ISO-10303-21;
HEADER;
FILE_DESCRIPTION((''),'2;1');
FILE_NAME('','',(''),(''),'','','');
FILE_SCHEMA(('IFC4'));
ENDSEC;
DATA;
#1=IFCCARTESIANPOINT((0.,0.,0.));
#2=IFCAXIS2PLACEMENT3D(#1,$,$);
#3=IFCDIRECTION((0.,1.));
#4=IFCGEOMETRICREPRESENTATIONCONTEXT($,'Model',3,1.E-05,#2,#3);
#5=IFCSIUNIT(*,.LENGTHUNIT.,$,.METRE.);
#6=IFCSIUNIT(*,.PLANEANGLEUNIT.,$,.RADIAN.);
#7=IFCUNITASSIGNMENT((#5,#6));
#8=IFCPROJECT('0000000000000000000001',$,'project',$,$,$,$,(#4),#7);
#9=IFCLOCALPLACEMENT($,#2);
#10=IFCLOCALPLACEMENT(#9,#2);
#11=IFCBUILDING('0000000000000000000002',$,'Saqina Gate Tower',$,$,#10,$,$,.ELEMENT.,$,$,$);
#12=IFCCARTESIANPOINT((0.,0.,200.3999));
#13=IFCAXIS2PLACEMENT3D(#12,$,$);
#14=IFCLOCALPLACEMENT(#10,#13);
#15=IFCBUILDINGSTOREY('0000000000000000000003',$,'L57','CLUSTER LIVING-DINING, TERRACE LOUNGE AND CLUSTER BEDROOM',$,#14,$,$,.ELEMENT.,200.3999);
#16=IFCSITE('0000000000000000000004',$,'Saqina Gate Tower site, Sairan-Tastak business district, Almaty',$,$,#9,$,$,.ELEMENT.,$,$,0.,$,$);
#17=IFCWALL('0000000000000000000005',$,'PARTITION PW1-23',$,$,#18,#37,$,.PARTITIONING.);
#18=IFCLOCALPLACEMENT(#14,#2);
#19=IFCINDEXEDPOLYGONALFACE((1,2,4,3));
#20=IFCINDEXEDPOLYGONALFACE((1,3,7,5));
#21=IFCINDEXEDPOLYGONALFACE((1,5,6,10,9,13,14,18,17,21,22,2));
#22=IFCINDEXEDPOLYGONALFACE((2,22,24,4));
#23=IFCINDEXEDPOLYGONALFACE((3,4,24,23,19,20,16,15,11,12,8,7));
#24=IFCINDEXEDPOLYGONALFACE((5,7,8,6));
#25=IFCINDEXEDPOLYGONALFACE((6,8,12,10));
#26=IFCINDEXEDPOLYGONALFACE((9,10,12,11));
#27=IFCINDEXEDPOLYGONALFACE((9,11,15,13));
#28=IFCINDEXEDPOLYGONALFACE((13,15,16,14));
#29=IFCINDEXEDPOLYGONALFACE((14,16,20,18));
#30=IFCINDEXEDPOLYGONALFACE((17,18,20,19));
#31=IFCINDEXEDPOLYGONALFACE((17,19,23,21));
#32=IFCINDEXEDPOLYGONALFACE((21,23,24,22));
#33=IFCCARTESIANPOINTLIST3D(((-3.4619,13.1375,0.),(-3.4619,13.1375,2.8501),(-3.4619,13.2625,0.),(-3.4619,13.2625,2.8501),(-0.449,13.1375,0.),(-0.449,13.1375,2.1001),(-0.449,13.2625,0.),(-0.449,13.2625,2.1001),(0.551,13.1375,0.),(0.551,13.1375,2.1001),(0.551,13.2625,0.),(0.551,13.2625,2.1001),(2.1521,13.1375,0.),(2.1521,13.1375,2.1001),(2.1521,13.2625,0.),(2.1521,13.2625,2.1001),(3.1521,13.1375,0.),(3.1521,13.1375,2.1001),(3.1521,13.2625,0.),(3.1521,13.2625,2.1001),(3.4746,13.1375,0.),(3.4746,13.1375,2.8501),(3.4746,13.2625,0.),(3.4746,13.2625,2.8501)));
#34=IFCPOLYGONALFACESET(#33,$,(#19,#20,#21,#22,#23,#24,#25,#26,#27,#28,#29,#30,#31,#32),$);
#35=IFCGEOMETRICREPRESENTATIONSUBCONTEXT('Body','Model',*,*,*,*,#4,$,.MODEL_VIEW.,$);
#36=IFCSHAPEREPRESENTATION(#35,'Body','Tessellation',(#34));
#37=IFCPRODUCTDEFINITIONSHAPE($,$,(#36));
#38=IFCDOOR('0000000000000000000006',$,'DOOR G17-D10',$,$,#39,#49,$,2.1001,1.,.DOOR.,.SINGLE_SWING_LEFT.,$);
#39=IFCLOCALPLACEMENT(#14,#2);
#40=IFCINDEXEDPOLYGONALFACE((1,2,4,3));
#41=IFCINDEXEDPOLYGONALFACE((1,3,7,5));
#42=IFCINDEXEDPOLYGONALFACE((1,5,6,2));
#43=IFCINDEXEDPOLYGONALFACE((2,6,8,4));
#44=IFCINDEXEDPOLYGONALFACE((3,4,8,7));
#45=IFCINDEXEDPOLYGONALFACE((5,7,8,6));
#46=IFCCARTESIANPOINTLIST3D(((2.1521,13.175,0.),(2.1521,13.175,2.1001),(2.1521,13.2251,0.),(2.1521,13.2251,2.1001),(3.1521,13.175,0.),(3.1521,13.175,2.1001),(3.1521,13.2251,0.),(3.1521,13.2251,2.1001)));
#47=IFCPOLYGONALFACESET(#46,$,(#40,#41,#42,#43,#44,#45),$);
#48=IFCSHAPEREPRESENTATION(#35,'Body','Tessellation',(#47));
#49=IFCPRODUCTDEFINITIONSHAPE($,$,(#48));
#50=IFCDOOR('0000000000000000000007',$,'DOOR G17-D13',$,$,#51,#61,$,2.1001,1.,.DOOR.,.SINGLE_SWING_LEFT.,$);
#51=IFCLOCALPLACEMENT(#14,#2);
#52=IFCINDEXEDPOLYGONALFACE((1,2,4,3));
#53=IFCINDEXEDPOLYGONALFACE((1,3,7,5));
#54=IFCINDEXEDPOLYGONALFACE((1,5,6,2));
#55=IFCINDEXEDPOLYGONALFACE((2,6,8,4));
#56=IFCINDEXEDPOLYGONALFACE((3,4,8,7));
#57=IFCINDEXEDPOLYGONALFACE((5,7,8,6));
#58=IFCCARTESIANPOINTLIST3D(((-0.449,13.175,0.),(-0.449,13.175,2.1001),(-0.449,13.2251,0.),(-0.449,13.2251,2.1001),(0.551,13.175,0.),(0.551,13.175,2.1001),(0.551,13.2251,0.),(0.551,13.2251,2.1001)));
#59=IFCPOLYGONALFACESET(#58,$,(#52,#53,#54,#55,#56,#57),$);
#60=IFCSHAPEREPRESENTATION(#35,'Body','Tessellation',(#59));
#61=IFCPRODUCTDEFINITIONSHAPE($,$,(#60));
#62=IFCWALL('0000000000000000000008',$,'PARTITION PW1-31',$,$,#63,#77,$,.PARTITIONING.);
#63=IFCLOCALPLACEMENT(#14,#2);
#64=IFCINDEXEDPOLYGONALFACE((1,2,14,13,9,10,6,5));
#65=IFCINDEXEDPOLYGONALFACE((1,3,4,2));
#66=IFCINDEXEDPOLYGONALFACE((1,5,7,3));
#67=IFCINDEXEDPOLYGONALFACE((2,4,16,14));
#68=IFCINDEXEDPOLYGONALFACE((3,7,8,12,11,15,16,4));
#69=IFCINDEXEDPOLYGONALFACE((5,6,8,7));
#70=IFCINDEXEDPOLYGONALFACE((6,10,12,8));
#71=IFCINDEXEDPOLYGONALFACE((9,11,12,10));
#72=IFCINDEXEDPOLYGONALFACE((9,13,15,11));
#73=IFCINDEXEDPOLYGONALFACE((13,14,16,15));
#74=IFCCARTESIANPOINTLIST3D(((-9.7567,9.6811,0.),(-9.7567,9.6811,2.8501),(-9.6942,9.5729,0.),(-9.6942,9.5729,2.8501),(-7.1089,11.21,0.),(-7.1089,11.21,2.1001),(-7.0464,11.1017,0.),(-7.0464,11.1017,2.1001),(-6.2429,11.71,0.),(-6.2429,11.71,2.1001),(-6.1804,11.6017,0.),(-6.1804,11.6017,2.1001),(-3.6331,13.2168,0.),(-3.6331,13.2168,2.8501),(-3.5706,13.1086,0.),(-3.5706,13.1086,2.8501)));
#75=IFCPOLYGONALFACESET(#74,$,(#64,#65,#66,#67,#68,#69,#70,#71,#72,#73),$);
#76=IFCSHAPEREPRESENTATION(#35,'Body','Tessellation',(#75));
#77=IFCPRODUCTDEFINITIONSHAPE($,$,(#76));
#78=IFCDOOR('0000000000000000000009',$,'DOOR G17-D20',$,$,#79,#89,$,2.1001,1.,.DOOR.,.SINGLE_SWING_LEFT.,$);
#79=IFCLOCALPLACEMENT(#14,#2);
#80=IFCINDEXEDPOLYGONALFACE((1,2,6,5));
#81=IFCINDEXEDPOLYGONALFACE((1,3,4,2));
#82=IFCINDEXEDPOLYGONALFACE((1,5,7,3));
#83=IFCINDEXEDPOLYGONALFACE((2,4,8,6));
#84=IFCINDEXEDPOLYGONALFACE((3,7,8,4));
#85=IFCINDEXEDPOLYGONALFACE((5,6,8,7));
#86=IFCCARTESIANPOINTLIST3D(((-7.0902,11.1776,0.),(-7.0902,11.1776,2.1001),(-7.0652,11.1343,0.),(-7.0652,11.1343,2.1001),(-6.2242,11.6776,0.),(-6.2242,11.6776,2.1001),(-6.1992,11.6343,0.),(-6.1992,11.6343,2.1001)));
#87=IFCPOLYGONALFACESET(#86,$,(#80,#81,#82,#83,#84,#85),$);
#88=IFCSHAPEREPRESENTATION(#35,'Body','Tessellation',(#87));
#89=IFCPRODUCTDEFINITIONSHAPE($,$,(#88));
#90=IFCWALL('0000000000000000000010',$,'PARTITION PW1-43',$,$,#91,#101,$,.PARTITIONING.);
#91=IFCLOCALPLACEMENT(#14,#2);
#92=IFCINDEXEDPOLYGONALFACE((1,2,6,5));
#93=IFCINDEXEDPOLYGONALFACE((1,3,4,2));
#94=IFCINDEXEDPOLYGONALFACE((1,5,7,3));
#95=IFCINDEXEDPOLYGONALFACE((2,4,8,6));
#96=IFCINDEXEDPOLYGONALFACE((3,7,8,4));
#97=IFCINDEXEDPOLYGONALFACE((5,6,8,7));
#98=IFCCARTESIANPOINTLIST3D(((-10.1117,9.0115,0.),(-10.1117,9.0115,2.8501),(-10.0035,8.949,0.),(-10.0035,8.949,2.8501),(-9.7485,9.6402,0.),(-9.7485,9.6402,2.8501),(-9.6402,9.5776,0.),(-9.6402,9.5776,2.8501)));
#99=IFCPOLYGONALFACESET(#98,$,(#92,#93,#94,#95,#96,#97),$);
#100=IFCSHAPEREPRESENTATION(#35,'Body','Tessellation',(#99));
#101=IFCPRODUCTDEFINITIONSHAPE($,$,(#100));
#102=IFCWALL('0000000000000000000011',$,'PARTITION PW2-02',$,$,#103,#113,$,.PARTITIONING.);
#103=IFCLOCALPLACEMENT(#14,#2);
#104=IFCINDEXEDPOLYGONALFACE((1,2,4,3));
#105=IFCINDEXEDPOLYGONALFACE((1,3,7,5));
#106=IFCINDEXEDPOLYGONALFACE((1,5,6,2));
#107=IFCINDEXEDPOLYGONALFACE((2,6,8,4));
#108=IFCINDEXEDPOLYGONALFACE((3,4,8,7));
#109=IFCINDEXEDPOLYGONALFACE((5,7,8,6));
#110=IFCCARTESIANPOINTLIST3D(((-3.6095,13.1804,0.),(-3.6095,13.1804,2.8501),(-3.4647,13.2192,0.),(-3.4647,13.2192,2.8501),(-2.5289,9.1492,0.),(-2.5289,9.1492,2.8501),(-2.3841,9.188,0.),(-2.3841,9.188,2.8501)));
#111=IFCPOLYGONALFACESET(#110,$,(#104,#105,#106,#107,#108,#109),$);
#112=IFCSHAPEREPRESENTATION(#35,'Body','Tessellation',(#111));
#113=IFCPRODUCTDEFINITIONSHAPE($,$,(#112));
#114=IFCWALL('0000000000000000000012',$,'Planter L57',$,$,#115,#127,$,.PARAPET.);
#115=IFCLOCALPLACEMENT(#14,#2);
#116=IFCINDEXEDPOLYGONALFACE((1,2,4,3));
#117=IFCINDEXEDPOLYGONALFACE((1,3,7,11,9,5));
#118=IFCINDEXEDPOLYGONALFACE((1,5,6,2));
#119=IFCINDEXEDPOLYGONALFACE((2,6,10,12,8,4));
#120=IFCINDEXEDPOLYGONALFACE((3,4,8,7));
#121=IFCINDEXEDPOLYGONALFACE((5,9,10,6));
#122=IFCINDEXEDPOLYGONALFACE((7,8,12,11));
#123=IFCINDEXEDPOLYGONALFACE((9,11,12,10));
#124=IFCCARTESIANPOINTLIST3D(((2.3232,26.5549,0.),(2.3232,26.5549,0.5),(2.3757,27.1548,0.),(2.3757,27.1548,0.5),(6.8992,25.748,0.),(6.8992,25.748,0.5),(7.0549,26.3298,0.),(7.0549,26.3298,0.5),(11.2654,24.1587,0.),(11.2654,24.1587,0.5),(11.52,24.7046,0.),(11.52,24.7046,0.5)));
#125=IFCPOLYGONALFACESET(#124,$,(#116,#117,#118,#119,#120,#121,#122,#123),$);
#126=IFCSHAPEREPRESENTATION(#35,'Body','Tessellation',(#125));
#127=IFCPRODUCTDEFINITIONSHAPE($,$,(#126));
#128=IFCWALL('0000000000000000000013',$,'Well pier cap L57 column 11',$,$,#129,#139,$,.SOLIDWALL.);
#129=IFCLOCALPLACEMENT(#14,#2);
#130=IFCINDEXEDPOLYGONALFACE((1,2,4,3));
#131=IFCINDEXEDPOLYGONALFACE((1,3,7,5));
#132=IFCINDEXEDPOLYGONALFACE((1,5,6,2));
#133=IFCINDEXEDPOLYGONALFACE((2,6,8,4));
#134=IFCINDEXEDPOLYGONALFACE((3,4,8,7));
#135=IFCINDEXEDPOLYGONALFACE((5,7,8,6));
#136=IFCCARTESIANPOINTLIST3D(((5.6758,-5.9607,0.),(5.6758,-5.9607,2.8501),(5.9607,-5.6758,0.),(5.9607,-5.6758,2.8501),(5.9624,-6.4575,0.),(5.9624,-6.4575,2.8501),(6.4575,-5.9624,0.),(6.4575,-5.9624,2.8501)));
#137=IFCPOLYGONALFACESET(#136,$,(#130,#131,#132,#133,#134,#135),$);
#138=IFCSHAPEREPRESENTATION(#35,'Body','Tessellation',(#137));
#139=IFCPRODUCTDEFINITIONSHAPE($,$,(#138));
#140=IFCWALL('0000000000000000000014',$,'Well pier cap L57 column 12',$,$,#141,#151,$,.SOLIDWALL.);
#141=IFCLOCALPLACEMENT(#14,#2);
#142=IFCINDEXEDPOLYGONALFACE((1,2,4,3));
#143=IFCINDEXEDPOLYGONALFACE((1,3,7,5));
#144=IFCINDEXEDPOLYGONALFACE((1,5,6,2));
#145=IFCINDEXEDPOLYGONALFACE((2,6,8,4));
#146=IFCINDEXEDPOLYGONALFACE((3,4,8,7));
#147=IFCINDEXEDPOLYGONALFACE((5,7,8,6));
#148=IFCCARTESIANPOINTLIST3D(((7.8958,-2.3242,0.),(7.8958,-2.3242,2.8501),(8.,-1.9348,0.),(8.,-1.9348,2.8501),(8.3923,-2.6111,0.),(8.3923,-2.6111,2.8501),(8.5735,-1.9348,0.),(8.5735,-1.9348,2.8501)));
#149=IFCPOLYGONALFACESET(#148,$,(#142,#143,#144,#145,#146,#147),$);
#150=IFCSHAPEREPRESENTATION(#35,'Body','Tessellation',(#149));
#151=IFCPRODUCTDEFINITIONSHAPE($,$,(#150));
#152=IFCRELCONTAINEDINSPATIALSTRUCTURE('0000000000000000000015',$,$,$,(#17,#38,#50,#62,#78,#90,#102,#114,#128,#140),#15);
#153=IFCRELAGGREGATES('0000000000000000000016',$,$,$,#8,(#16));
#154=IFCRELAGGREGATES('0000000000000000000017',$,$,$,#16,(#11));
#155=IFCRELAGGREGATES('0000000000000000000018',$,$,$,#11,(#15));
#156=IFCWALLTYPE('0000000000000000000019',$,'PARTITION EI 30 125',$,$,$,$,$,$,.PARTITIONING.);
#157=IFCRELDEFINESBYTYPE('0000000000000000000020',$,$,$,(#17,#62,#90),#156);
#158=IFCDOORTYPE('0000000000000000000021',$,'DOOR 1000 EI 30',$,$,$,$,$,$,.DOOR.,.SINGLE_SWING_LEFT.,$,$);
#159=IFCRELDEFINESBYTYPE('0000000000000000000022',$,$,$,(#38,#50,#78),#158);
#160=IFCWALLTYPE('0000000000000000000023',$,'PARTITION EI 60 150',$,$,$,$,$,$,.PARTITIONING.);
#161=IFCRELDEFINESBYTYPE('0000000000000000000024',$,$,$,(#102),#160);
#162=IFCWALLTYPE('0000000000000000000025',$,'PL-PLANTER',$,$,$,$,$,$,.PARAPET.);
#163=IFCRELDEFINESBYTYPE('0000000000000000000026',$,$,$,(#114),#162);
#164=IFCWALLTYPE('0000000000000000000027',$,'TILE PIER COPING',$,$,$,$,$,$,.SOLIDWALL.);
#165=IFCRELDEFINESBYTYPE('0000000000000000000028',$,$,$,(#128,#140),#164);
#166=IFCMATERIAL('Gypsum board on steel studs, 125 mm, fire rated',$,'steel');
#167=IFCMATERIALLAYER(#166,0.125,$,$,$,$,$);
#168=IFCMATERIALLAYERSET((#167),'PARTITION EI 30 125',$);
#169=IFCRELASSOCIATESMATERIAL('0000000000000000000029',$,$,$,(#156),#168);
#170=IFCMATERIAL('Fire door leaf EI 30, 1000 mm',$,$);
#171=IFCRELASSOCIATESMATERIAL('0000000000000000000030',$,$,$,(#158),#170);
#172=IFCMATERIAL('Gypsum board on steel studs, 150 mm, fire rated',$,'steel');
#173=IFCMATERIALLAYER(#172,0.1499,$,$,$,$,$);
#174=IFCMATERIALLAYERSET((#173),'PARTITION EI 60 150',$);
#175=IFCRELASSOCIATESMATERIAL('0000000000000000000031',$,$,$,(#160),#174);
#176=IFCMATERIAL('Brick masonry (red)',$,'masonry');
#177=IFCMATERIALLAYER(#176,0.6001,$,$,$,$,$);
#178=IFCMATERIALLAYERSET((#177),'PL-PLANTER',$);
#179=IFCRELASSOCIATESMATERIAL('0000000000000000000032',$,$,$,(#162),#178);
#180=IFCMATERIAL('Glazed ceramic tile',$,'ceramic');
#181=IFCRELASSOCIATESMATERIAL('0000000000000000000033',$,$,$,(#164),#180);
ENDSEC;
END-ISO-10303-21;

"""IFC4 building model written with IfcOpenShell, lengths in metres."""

from ifc_helpers import new_model, si_unit, direction, frame, frame_2d, origin, place, context, subcontext, project, spatial, polyline, rectangle, outline, extrude, material, layer, layer_set, type_object, element, fill, save


model = new_model("IFC4")

# Units and contexts
model_context = context("Model", 3, precision=1e-05, world=origin(), true_north=direction((0.0, 1.0)))
body_context = subcontext(model_context, "Body", "Model", "MODEL_VIEW")
ifc_project = project(units=[si_unit("LENGTHUNIT", "METRE"), si_unit("PLANEANGLEUNIT", "RADIAN")], contexts=[model_context])

# Site, building, storey
site_placement = place(None, origin())
site = spatial("IfcSite", under=ifc_project, at=site_placement, Name="Saqina Gate Tower site, Sairan-Tastak business district, Almaty", CompositionType="ELEMENT", RefElevation=0.0)
building_placement = place(site_placement, origin())
building = spatial("IfcBuilding", under=site, at=building_placement, Name="Saqina Gate Tower", CompositionType="ELEMENT")
storey_placement = place(building_placement, frame((0.0, 0.0, 200.3999)))
storey = spatial("IfcBuildingStorey", under=building, at=storey_placement, Name="L57", Description="CLUSTER LIVING-DINING, TERRACE LOUNGE AND CLUSTER BEDROOM", CompositionType="ELEMENT", Elevation=200.3999)

# Shared definitions
ifc_material_1 = material(Name="Gypsum board on steel studs, 125 mm, fire rated", Category="steel")
ifc_layer_1 = layer(ifc_material_1, 0.125)
ifc_layer_set_1 = layer_set([ifc_layer_1], Name="PARTITION EI 30 125")
wall_type_1 = type_object("IfcWallType", Name="PARTITION EI 30 125", PredefinedType="PARTITIONING", material=ifc_layer_set_1)

# Wall, openings, doors
wall_1_placement = place(storey_placement, frame((-3.4619, 13.2, 0.0), z_axis=(0.0, 0.0, 1.0), x_axis=(1.0, 0.0, 0.0)))
wall_1 = element("IfcWall", 1, at=wall_1_placement, inside=storey, type_object=wall_type_1, Name="PARTITION PW1-23", PredefinedType="PARTITIONING", context=body_context, shape_type="SweptSolid", body=[
    extrude(rectangle(XDim=6.9365, YDim=0.125, at=frame_2d((3.4683, 0.0))), origin(), (0.0, 0.0, 1.0), 2.8501),
])
opening_1_placement = place(wall_1_placement, frame((5.614, 0.0, 0.0)))
opening_1 = element("IfcOpeningElement", 2, at=opening_1_placement, cuts=wall_1, PredefinedType="OPENING", context=body_context, shape_type="SweptSolid", body=[
    extrude(rectangle(XDim=1.0, YDim=2.1001, at=frame_2d((0.5, 1.05))), frame((0.0, 0.0745, 0.0), z_axis=(0.0, -1.0, 0.0), x_axis=(1.0, 0.0, 0.0)), (0.0, 0.0, 1.0), 0.1489),
])
opening_2_placement = place(wall_1_placement, frame((3.0129, 0.0, 0.0)))
opening_2 = element("IfcOpeningElement", 3, at=opening_2_placement, cuts=wall_1, PredefinedType="OPENING", context=body_context, shape_type="SweptSolid", body=[
    extrude(rectangle(XDim=1.0, YDim=2.1001, at=frame_2d((0.5, 1.05))), frame((0.0, 0.0745, 0.0), z_axis=(0.0, -1.0, 0.0), x_axis=(1.0, 0.0, 0.0)), (0.0, 0.0, 1.0), 0.1489),
])
ifc_material_2 = material(Name="Fire door leaf EI 30, 1000 mm")
door_type_1 = type_object("IfcDoorType", Name="DOOR 1000 EI 30", OperationType="SINGLE_SWING_LEFT", PredefinedType="DOOR", material=ifc_material_2)
door_1_placement = place(opening_1_placement, frame((1.0, 0.0, 0.0), z_axis=(0.0, 0.0, 1.0), x_axis=(-1.0, 0.0, 0.0)))
door_1 = element("IfcDoor", 4, at=door_1_placement, inside=storey, type_object=door_type_1, Name="DOOR G17-D10", OperationType="SINGLE_SWING_LEFT", OverallHeight=2.1001, OverallWidth=1.0, PredefinedType="DOOR", context=body_context, shape_type="SweptSolid", body=[
    extrude(rectangle(XDim=1.0, YDim=2.1001, at=frame_2d((0.5, 1.05))), frame((0.0, 0.0249, 0.0), z_axis=(0.0, -1.0, 0.0), x_axis=(1.0, 0.0, 0.0)), (0.0, 0.0, 1.0), 0.05),
])
fill(opening_1, door_1)
door_2_placement = place(opening_2_placement, frame((1.0, 0.0, 0.0), z_axis=(0.0, 0.0, 1.0), x_axis=(-1.0, 0.0, 0.0)))
door_2 = element("IfcDoor", 5, at=door_2_placement, inside=storey, type_object=door_type_1, Name="DOOR G17-D13", OperationType="SINGLE_SWING_LEFT", OverallHeight=2.1001, OverallWidth=1.0, PredefinedType="DOOR", context=body_context, shape_type="SweptSolid", body=[
    extrude(rectangle(XDim=1.0, YDim=2.1001, at=frame_2d((0.5, 1.05))), frame((0.0, 0.0249, 0.0), z_axis=(0.0, -1.0, 0.0), x_axis=(1.0, 0.0, 0.0)), (0.0, 0.0, 1.0), 0.05),
])
fill(opening_2, door_2)

# Wall, opening, door
wall_2_placement = place(storey_placement, frame((-9.7256, 9.627, 0.0), z_axis=(0.0, 0.0, 1.0), x_axis=(0.866012, 0.500023, 0.0)))
wall_2 = element("IfcWall", 6, at=wall_2_placement, inside=storey, type_object=wall_type_1, Name="PARTITION PW1-31", PredefinedType="PARTITIONING", context=body_context, shape_type="SweptSolid", body=[
    extrude(rectangle(XDim=7.071, YDim=0.125, at=frame_2d((3.5356, 0.0))), origin(), (0.0, 0.0, 1.0), 2.8501),
])
opening_3_placement = place(wall_2_placement, frame((3.0576, 0.0, 0.0)))
opening_3 = element("IfcOpeningElement", 7, at=opening_3_placement, cuts=wall_2, PredefinedType="OPENING", context=body_context, shape_type="SweptSolid", body=[
    extrude(rectangle(XDim=1.0, YDim=2.1001, at=frame_2d((0.5, 1.05))), frame((0.0, 0.0745, 0.0), z_axis=(0.0, -1.0, 0.0), x_axis=(1.0, 0.0, 0.0)), (0.0, 0.0, 1.0), 0.1489),
])
door_3_placement = place(opening_3_placement, frame((1.0, 0.0, 0.0), z_axis=(0.0, 0.0, 1.0), x_axis=(-1.0, 0.0, 0.0)))
door_3 = element("IfcDoor", 8, at=door_3_placement, inside=storey, type_object=door_type_1, Name="DOOR G17-D20", OperationType="SINGLE_SWING_LEFT", OverallHeight=2.1001, OverallWidth=1.0, PredefinedType="DOOR", context=body_context, shape_type="SweptSolid", body=[
    extrude(rectangle(XDim=1.0, YDim=2.1001, at=frame_2d((0.5, 1.05))), frame((0.0, 0.0249, 0.0), z_axis=(0.0, -1.0, 0.0), x_axis=(1.0, 0.0, 0.0)), (0.0, 0.0, 1.0), 0.05),
])
fill(opening_3, door_3)

# Walls
wall_3_placement = place(storey_placement, frame((-10.0576, 8.9802, 0.0), z_axis=(0.0, 0.0, 1.0), x_axis=(0.500334, 0.865833, 0.0)))
element("IfcWall", 9, at=wall_3_placement, inside=storey, type_object=wall_type_1, Name="PARTITION PW1-43", PredefinedType="PARTITIONING", context=body_context, shape_type="SweptSolid", body=[
    extrude(rectangle(XDim=0.7261, YDim=0.125, at=frame_2d((0.363, 0.0))), origin(), (0.0, 0.0, 1.0), 2.8501),
])
ifc_material_3 = material(Name="Gypsum board on steel studs, 150 mm, fire rated", Category="steel")
ifc_layer_2 = layer(ifc_material_3, 0.1499)
ifc_layer_set_2 = layer_set([ifc_layer_2], Name="PARTITION EI 60 150")
wall_type_2 = type_object("IfcWallType", Name="PARTITION EI 60 150", PredefinedType="PARTITIONING", material=ifc_layer_set_2)
wall_4_placement = place(storey_placement, frame((-3.5371, 13.2, 0.0), z_axis=(0.0, 0.0, 1.0), x_axis=(0.258908, -0.965902, 0.0)))
element("IfcWall", 10, at=wall_4_placement, inside=storey, type_object=wall_type_2, Name="PARTITION PW2-02", PredefinedType="PARTITIONING", context=body_context, shape_type="SweptSolid", body=[
    extrude(rectangle(XDim=4.1736, YDim=0.1499, at=frame_2d((2.0869, 0.0))), origin(), (0.0, 0.0, 1.0), 2.8501),
])
ifc_material_4 = material(Name="Brick masonry (red)", Category="masonry")
ifc_layer_3 = layer(ifc_material_4, 0.6001)
ifc_layer_set_3 = layer_set([ifc_layer_3], Name="PL-PLANTER")
wall_type_3 = type_object("IfcWallType", Name="PL-PLANTER", PredefinedType="PARAPET", material=ifc_layer_set_3)
wall_5_placement = place(storey_placement, origin())
element("IfcWall", 11, at=wall_5_placement, inside=storey, type_object=wall_type_3, Name="Planter L57", PredefinedType="PARAPET", context=body_context, shape_type="SweptSolid", body=[
    extrude(outline(polyline([(11.52, 24.7046), (7.0549, 26.3298), (2.3757, 27.1548), (2.3232, 26.5549), (6.8992, 25.748), (11.2654, 24.1587), (11.52, 24.7046)])), origin(), (0.0, 0.0, 1.0), 0.5),
])
ifc_material_5 = material(Name="Glazed ceramic tile", Category="ceramic")
wall_type_4 = type_object("IfcWallType", Name="TILE PIER COPING", PredefinedType="SOLIDWALL", material=ifc_material_5)
wall_6_placement = place(storey_placement, origin())
element("IfcWall", 12, at=wall_6_placement, inside=storey, type_object=wall_type_4, Name="Well pier cap L57 column 11", PredefinedType="SOLIDWALL", context=body_context, shape_type="SweptSolid", body=[
    extrude(outline(polyline([(5.9624, -6.4575), (6.4575, -5.9624), (5.9607, -5.6758), (5.6758, -5.9607), (5.9624, -6.4575)])), origin(), (0.0, 0.0, 1.0), 2.8501),
])
wall_7_placement = place(storey_placement, origin())
element("IfcWall", 13, at=wall_7_placement, inside=storey, type_object=wall_type_4, Name="Well pier cap L57 column 12", PredefinedType="SOLIDWALL", context=body_context, shape_type="SweptSolid", body=[
    extrude(outline(polyline([(8.5735, -1.9348), (8.0, -1.9348), (7.8958, -2.3242), (8.3923, -2.6111), (8.5735, -1.9348)])), origin(), (0.0, 0.0, 1.0), 2.8501),
])

save(model, "model.ifc")
